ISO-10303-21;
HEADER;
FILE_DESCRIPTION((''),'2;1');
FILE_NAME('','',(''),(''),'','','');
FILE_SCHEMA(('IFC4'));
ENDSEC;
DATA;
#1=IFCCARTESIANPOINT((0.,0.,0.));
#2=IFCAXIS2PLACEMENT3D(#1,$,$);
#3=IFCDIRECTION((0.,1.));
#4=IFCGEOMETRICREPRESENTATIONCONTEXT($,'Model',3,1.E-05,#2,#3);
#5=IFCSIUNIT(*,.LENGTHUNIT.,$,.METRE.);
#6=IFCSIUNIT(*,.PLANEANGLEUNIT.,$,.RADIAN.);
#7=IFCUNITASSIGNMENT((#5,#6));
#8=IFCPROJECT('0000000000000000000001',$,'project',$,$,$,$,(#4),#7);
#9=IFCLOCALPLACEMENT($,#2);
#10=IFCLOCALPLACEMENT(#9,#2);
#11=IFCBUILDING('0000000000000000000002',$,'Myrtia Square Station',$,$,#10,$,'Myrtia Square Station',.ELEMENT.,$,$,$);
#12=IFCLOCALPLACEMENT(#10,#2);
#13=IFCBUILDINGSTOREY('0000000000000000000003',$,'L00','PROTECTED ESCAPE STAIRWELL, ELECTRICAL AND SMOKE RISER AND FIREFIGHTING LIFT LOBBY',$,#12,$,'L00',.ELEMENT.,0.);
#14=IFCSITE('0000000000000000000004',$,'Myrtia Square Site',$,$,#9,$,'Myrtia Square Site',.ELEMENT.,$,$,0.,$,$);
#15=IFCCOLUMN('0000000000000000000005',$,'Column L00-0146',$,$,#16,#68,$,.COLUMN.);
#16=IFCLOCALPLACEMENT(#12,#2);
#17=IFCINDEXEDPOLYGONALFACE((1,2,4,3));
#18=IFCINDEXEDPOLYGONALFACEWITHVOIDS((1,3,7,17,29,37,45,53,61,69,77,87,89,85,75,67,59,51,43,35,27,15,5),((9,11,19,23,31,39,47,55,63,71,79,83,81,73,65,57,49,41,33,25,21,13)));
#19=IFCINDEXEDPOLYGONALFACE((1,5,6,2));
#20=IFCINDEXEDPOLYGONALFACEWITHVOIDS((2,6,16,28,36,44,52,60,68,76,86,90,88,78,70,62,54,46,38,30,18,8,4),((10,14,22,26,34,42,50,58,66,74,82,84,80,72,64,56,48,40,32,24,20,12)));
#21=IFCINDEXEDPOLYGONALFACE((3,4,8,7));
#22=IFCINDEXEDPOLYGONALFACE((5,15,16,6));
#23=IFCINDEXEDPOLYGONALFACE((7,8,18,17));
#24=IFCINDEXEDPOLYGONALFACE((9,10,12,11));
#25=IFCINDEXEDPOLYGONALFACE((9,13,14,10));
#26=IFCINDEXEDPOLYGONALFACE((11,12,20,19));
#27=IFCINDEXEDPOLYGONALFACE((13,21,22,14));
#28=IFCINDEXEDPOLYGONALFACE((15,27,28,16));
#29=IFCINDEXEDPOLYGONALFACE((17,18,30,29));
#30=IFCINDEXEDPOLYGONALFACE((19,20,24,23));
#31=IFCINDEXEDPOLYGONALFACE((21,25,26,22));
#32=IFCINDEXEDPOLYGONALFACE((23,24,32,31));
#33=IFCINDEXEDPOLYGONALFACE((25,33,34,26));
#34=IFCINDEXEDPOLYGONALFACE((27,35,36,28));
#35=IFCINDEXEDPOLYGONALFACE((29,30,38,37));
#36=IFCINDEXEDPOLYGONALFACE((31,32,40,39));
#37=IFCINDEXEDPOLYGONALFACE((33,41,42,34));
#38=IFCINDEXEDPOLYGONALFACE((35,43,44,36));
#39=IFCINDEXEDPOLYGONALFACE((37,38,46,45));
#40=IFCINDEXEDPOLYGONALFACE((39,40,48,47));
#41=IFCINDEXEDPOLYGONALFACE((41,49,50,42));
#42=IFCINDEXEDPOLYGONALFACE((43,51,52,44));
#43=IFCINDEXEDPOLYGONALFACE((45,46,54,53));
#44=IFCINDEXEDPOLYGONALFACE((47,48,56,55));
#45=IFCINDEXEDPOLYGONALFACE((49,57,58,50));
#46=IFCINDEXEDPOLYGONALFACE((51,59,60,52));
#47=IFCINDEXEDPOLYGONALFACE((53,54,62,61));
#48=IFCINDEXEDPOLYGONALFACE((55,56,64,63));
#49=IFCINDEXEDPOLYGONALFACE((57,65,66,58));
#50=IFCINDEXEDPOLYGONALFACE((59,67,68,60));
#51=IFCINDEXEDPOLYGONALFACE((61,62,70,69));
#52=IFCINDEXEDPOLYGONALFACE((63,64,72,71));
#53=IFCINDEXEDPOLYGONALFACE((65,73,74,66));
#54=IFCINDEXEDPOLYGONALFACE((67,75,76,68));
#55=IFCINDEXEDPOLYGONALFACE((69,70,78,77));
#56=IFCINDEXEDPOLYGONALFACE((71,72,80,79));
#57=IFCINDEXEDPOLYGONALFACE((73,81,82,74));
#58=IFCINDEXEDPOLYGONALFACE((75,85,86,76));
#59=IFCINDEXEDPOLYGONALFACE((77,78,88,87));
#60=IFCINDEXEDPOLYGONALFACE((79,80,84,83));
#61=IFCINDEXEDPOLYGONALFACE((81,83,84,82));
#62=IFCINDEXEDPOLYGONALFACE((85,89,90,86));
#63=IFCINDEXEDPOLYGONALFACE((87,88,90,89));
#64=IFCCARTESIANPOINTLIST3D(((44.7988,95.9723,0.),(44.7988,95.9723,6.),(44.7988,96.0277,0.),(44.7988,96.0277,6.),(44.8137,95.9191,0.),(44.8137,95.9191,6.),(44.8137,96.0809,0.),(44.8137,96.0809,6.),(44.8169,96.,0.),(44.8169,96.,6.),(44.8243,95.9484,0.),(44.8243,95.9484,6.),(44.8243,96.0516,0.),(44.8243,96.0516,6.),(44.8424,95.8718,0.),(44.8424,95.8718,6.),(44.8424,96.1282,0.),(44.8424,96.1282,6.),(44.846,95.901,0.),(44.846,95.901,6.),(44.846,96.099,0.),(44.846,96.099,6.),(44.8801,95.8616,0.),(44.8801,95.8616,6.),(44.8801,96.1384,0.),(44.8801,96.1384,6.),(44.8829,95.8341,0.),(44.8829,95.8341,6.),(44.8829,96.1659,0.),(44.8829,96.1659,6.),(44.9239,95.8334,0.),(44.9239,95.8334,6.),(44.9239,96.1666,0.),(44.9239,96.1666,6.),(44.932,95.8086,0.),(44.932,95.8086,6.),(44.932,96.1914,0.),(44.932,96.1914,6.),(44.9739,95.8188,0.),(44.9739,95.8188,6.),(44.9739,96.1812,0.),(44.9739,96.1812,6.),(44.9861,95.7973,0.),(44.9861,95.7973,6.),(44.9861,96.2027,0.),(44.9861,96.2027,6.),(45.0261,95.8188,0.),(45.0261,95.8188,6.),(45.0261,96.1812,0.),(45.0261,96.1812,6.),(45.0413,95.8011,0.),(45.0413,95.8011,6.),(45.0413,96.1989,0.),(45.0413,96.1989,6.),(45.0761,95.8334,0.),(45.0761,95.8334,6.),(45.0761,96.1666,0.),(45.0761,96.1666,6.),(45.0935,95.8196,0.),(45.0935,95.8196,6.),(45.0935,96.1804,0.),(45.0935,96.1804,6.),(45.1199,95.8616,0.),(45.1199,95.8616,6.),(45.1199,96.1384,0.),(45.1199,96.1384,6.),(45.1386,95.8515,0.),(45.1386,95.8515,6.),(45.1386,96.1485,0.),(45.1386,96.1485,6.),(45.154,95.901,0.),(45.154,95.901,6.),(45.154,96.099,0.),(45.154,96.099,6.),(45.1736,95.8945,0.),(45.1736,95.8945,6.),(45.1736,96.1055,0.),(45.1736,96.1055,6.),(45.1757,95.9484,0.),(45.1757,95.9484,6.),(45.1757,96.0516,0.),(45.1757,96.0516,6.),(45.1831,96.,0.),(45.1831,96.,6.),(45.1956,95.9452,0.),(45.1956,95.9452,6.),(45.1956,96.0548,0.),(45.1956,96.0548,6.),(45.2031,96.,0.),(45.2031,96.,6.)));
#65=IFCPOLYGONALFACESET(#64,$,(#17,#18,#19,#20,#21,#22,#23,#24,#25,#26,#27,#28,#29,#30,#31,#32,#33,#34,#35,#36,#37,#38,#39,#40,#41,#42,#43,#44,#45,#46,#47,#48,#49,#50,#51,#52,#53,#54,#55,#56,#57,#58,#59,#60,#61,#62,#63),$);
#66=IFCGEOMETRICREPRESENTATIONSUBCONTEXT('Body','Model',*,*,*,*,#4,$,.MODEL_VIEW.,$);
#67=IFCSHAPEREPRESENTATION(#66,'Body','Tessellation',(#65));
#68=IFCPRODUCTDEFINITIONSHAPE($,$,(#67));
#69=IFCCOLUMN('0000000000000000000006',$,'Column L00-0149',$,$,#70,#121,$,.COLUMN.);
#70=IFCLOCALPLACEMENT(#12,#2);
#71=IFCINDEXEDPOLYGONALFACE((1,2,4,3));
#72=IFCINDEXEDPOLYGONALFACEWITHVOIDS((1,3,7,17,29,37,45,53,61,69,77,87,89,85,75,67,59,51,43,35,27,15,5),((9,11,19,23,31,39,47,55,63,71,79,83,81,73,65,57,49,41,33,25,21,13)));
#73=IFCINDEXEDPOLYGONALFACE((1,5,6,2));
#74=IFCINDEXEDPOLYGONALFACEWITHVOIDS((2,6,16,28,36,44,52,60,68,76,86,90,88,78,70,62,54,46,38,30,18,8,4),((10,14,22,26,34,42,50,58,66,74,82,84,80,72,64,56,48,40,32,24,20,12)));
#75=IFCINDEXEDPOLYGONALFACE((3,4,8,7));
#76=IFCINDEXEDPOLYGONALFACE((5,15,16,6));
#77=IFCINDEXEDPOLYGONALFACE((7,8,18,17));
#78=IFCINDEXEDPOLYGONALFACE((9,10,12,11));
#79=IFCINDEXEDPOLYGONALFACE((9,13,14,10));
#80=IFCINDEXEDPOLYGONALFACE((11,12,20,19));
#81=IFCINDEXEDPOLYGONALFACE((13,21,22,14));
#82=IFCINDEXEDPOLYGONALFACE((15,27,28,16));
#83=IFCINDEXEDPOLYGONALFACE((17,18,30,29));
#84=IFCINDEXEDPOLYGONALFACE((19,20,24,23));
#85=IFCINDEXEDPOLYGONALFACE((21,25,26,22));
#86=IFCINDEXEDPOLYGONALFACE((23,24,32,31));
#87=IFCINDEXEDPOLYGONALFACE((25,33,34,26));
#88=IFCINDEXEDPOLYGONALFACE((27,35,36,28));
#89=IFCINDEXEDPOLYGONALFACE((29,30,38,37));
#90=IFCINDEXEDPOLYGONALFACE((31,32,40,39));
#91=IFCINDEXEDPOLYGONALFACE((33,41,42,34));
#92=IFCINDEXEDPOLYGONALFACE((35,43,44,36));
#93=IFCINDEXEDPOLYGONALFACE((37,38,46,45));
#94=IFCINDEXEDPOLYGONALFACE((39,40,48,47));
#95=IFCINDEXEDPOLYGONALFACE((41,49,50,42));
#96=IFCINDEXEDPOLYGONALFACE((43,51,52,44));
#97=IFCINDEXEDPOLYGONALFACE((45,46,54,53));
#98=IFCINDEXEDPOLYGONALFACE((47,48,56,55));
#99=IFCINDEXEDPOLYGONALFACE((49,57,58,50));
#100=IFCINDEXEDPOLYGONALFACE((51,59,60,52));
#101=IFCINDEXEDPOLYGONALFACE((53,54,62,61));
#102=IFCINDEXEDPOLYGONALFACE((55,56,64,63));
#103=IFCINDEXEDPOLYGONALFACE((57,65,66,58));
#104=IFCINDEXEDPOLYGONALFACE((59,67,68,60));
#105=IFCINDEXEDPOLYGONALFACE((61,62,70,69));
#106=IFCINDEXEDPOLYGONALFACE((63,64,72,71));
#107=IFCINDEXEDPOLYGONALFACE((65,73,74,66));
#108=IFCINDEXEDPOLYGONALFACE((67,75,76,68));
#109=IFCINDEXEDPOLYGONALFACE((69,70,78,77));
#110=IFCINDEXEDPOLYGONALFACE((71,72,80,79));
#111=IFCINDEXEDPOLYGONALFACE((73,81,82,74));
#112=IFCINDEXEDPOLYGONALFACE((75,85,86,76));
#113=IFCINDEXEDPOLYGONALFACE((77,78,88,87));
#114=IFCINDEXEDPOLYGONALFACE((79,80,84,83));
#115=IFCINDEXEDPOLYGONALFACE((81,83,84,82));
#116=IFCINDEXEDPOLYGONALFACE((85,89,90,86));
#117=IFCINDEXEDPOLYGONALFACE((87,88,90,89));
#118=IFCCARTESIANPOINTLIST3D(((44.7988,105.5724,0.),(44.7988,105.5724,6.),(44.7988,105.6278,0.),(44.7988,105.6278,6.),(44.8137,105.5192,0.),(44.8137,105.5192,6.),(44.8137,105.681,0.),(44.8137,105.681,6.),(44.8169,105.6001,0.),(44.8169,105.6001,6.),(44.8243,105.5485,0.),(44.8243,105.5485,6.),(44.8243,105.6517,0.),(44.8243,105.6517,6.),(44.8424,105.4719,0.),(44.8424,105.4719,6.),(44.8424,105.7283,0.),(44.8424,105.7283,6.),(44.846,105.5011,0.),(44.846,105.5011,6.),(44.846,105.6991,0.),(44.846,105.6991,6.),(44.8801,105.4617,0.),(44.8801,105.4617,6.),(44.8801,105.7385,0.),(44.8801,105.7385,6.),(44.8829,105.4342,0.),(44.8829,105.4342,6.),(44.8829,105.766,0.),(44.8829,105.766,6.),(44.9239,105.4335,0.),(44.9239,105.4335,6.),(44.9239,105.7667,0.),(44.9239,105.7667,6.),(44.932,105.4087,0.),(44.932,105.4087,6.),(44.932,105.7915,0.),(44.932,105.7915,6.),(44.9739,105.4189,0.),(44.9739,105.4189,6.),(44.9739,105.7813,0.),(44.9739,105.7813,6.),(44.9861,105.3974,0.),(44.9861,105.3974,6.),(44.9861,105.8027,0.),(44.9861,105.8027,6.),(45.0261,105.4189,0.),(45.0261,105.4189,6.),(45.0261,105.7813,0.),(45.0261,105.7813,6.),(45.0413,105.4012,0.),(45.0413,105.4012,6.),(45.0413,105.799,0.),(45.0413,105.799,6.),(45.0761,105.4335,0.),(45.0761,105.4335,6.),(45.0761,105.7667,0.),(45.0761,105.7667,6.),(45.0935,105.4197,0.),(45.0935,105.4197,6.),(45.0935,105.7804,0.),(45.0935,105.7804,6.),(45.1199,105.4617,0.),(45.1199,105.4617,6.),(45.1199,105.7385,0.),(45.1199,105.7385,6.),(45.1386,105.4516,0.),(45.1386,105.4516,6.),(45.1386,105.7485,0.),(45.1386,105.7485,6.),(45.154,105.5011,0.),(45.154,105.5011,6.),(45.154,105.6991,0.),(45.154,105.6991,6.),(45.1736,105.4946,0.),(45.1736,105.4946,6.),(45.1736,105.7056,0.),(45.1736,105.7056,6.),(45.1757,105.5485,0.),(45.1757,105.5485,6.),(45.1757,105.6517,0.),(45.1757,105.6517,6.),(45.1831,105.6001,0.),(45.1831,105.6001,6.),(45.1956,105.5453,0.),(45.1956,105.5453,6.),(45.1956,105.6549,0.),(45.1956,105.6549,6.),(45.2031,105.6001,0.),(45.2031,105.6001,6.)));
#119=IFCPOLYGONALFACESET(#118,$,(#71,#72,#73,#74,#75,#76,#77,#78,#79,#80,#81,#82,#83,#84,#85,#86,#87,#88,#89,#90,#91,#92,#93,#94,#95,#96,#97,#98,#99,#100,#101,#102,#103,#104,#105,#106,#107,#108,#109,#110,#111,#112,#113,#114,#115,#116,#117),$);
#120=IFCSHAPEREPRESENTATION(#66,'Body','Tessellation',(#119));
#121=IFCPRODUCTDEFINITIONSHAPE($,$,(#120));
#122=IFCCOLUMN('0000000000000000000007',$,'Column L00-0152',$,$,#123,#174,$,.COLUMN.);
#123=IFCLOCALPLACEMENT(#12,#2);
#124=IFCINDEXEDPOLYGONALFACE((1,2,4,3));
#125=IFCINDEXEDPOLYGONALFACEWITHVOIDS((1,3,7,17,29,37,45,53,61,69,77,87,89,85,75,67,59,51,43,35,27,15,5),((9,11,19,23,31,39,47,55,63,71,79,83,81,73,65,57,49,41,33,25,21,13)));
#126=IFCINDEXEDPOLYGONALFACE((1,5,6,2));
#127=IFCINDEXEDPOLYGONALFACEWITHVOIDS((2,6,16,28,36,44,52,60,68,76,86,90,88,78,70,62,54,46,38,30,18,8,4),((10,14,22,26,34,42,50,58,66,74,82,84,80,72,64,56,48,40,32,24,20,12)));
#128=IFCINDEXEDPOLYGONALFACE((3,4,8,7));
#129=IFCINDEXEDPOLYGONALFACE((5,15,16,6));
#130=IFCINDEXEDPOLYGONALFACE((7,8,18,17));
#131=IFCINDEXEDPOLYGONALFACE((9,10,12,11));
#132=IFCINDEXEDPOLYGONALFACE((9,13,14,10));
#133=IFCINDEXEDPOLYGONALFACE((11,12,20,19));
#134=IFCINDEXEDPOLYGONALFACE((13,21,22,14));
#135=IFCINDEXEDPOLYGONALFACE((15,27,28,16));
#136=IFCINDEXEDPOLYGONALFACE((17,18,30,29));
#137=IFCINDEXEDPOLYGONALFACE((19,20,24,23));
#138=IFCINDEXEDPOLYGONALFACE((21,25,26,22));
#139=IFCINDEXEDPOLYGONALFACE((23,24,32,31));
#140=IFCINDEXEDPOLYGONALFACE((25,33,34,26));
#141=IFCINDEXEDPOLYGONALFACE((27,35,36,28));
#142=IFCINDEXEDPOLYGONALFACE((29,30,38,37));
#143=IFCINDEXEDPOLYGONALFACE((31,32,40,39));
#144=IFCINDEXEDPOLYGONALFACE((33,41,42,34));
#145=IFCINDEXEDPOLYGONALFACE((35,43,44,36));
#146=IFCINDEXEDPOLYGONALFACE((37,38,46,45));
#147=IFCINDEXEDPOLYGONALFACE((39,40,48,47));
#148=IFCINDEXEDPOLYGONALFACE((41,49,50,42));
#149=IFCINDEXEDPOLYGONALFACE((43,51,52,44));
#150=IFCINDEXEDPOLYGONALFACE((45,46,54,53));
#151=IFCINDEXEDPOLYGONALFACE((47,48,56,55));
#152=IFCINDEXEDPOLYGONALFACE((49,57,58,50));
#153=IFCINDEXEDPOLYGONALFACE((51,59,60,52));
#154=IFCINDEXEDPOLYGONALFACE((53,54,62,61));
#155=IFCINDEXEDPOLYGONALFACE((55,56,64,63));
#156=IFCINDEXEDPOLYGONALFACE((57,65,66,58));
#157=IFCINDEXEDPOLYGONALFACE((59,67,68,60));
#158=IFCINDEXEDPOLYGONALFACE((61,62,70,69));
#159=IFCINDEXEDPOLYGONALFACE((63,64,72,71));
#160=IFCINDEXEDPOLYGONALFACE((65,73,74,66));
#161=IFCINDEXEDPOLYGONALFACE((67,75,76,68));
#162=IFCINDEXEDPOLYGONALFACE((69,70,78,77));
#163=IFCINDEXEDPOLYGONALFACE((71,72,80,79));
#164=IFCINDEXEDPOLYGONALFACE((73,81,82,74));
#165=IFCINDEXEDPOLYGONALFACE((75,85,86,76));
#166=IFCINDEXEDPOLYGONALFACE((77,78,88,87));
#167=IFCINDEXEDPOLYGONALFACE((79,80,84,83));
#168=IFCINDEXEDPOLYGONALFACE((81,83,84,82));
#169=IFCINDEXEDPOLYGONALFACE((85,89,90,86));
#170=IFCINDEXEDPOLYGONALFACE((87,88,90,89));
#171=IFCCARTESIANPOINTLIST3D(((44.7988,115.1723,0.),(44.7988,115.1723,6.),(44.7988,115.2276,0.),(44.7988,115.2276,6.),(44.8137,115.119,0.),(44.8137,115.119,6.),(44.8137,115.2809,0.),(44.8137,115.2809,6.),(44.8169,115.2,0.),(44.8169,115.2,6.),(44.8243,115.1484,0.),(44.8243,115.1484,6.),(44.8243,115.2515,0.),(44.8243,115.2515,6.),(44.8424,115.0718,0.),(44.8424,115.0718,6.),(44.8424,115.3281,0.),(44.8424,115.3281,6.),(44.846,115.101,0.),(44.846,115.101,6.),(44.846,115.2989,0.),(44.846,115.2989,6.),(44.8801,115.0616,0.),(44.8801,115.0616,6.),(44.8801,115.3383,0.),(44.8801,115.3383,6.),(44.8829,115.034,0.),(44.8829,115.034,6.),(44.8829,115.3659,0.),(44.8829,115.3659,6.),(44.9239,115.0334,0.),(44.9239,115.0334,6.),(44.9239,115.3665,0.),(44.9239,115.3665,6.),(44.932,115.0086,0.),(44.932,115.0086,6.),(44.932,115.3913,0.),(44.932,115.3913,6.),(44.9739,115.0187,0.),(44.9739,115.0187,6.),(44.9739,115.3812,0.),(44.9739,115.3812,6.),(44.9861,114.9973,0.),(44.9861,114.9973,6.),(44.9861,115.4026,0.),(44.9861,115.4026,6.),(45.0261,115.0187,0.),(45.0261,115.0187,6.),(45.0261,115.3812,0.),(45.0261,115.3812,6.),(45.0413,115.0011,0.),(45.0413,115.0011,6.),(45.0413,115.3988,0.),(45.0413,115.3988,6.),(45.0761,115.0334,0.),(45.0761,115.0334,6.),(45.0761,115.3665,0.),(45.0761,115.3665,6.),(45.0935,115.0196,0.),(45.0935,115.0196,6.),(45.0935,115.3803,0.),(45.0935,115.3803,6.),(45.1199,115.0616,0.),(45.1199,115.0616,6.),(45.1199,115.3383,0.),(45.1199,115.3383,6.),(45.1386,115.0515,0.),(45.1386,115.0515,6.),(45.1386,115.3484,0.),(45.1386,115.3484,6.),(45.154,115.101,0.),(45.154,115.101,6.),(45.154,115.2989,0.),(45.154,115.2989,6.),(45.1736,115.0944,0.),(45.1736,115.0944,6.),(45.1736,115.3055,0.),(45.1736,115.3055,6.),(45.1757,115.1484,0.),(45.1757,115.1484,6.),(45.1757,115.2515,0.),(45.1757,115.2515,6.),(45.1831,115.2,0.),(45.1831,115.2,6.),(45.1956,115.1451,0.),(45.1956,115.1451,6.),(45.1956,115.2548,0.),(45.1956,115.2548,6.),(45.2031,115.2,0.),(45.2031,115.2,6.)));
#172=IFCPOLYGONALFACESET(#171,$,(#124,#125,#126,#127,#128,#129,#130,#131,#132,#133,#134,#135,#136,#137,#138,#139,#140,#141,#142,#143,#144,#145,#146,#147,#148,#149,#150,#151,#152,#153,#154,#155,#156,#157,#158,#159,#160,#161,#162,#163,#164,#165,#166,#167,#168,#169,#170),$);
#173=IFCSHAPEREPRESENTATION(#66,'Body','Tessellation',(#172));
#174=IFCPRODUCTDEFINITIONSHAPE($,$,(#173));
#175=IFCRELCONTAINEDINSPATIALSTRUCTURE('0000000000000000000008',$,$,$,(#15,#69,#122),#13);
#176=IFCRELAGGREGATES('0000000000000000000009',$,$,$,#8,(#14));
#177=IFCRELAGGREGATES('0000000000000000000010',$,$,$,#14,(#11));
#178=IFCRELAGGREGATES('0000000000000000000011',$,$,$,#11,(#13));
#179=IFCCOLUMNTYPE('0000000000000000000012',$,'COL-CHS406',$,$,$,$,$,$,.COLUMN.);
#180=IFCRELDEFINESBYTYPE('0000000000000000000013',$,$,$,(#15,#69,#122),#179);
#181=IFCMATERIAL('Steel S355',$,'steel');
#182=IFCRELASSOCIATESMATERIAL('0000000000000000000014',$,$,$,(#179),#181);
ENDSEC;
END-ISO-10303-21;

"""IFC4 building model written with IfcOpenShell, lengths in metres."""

from ifc_helpers import new_model, si_unit, direction, frame, origin, origin_2d, place, context, subcontext, project, spatial, hollow_circle, extrude, material, material_profile, profile_set, type_object, element, save


model = new_model("IFC4")

# Units and contexts
model_context = context("Model", 3, precision=1e-05, world=origin(), true_north=direction((0.0, 1.0)))
body_context = subcontext(model_context, "Body", "Model", "MODEL_VIEW")
ifc_project = project(units=[si_unit("LENGTHUNIT", "METRE"), si_unit("PLANEANGLEUNIT", "RADIAN")], contexts=[model_context])

# Site, building, storey
site_placement = place(None, origin())
site = spatial("IfcSite", under=ifc_project, at=site_placement, Name="Myrtia Square Site", LongName="Myrtia Square Site", CompositionType="ELEMENT", RefElevation=0.0)
building_placement = place(site_placement, origin())
building = spatial("IfcBuilding", under=site, at=building_placement, Name="Myrtia Square Station", LongName="Myrtia Square Station", CompositionType="ELEMENT")
storey_placement = place(building_placement, origin())
storey = spatial("IfcBuildingStorey", under=building, at=storey_placement, Name="L00", Description="PROTECTED ESCAPE STAIRWELL, ELECTRICAL AND SMOKE RISER AND FIREFIGHTING LIFT LOBBY", LongName="L00", CompositionType="ELEMENT", Elevation=0.0)

# Columns
ifc_material_1 = material(Name="Steel S355", Category="steel")
ifc_material_profile_1 = material_profile(ifc_material_1, hollow_circle(Radius=0.2031, WallThickness=0.02, at=origin_2d()), Name="CHS 406.4x20")
ifc_profile_set_1 = profile_set([ifc_material_profile_1], Name="Steel S355")
column_type_1 = type_object("IfcColumnType", Name="COL-CHS406", PredefinedType="COLUMN", material=ifc_profile_set_1)
for number, where, z_axis, x_axis, name in (
    (1, (45.0, 96.0, 0.0), (0.0, 0.0, 1.0), (1.0, 0.0, 0.0), "Column L00-0146"),
    (2, (45.0, 105.6001, 0.0), (0.0, 0.0, 1.0), (1.0, 0.0, 0.0), "Column L00-0149"),
    (3, (45.0, 115.2, 0.0), (0.0, 0.0, 1.0), (1.0, 0.0, 0.0), "Column L00-0152"),
):
    element("IfcColumn", number, at=place(storey_placement, frame(where, z_axis=z_axis, x_axis=x_axis)), inside=storey, type_object=column_type_1, Name=name, PredefinedType="COLUMN", context=body_context, shape_type="SweptSolid", body=[
        extrude(hollow_circle(Radius=0.2031, WallThickness=0.02, at=origin_2d()), origin(), (0.0, 0.0, 1.0), 6.0),
    ])

save(model, "model.ifc")
